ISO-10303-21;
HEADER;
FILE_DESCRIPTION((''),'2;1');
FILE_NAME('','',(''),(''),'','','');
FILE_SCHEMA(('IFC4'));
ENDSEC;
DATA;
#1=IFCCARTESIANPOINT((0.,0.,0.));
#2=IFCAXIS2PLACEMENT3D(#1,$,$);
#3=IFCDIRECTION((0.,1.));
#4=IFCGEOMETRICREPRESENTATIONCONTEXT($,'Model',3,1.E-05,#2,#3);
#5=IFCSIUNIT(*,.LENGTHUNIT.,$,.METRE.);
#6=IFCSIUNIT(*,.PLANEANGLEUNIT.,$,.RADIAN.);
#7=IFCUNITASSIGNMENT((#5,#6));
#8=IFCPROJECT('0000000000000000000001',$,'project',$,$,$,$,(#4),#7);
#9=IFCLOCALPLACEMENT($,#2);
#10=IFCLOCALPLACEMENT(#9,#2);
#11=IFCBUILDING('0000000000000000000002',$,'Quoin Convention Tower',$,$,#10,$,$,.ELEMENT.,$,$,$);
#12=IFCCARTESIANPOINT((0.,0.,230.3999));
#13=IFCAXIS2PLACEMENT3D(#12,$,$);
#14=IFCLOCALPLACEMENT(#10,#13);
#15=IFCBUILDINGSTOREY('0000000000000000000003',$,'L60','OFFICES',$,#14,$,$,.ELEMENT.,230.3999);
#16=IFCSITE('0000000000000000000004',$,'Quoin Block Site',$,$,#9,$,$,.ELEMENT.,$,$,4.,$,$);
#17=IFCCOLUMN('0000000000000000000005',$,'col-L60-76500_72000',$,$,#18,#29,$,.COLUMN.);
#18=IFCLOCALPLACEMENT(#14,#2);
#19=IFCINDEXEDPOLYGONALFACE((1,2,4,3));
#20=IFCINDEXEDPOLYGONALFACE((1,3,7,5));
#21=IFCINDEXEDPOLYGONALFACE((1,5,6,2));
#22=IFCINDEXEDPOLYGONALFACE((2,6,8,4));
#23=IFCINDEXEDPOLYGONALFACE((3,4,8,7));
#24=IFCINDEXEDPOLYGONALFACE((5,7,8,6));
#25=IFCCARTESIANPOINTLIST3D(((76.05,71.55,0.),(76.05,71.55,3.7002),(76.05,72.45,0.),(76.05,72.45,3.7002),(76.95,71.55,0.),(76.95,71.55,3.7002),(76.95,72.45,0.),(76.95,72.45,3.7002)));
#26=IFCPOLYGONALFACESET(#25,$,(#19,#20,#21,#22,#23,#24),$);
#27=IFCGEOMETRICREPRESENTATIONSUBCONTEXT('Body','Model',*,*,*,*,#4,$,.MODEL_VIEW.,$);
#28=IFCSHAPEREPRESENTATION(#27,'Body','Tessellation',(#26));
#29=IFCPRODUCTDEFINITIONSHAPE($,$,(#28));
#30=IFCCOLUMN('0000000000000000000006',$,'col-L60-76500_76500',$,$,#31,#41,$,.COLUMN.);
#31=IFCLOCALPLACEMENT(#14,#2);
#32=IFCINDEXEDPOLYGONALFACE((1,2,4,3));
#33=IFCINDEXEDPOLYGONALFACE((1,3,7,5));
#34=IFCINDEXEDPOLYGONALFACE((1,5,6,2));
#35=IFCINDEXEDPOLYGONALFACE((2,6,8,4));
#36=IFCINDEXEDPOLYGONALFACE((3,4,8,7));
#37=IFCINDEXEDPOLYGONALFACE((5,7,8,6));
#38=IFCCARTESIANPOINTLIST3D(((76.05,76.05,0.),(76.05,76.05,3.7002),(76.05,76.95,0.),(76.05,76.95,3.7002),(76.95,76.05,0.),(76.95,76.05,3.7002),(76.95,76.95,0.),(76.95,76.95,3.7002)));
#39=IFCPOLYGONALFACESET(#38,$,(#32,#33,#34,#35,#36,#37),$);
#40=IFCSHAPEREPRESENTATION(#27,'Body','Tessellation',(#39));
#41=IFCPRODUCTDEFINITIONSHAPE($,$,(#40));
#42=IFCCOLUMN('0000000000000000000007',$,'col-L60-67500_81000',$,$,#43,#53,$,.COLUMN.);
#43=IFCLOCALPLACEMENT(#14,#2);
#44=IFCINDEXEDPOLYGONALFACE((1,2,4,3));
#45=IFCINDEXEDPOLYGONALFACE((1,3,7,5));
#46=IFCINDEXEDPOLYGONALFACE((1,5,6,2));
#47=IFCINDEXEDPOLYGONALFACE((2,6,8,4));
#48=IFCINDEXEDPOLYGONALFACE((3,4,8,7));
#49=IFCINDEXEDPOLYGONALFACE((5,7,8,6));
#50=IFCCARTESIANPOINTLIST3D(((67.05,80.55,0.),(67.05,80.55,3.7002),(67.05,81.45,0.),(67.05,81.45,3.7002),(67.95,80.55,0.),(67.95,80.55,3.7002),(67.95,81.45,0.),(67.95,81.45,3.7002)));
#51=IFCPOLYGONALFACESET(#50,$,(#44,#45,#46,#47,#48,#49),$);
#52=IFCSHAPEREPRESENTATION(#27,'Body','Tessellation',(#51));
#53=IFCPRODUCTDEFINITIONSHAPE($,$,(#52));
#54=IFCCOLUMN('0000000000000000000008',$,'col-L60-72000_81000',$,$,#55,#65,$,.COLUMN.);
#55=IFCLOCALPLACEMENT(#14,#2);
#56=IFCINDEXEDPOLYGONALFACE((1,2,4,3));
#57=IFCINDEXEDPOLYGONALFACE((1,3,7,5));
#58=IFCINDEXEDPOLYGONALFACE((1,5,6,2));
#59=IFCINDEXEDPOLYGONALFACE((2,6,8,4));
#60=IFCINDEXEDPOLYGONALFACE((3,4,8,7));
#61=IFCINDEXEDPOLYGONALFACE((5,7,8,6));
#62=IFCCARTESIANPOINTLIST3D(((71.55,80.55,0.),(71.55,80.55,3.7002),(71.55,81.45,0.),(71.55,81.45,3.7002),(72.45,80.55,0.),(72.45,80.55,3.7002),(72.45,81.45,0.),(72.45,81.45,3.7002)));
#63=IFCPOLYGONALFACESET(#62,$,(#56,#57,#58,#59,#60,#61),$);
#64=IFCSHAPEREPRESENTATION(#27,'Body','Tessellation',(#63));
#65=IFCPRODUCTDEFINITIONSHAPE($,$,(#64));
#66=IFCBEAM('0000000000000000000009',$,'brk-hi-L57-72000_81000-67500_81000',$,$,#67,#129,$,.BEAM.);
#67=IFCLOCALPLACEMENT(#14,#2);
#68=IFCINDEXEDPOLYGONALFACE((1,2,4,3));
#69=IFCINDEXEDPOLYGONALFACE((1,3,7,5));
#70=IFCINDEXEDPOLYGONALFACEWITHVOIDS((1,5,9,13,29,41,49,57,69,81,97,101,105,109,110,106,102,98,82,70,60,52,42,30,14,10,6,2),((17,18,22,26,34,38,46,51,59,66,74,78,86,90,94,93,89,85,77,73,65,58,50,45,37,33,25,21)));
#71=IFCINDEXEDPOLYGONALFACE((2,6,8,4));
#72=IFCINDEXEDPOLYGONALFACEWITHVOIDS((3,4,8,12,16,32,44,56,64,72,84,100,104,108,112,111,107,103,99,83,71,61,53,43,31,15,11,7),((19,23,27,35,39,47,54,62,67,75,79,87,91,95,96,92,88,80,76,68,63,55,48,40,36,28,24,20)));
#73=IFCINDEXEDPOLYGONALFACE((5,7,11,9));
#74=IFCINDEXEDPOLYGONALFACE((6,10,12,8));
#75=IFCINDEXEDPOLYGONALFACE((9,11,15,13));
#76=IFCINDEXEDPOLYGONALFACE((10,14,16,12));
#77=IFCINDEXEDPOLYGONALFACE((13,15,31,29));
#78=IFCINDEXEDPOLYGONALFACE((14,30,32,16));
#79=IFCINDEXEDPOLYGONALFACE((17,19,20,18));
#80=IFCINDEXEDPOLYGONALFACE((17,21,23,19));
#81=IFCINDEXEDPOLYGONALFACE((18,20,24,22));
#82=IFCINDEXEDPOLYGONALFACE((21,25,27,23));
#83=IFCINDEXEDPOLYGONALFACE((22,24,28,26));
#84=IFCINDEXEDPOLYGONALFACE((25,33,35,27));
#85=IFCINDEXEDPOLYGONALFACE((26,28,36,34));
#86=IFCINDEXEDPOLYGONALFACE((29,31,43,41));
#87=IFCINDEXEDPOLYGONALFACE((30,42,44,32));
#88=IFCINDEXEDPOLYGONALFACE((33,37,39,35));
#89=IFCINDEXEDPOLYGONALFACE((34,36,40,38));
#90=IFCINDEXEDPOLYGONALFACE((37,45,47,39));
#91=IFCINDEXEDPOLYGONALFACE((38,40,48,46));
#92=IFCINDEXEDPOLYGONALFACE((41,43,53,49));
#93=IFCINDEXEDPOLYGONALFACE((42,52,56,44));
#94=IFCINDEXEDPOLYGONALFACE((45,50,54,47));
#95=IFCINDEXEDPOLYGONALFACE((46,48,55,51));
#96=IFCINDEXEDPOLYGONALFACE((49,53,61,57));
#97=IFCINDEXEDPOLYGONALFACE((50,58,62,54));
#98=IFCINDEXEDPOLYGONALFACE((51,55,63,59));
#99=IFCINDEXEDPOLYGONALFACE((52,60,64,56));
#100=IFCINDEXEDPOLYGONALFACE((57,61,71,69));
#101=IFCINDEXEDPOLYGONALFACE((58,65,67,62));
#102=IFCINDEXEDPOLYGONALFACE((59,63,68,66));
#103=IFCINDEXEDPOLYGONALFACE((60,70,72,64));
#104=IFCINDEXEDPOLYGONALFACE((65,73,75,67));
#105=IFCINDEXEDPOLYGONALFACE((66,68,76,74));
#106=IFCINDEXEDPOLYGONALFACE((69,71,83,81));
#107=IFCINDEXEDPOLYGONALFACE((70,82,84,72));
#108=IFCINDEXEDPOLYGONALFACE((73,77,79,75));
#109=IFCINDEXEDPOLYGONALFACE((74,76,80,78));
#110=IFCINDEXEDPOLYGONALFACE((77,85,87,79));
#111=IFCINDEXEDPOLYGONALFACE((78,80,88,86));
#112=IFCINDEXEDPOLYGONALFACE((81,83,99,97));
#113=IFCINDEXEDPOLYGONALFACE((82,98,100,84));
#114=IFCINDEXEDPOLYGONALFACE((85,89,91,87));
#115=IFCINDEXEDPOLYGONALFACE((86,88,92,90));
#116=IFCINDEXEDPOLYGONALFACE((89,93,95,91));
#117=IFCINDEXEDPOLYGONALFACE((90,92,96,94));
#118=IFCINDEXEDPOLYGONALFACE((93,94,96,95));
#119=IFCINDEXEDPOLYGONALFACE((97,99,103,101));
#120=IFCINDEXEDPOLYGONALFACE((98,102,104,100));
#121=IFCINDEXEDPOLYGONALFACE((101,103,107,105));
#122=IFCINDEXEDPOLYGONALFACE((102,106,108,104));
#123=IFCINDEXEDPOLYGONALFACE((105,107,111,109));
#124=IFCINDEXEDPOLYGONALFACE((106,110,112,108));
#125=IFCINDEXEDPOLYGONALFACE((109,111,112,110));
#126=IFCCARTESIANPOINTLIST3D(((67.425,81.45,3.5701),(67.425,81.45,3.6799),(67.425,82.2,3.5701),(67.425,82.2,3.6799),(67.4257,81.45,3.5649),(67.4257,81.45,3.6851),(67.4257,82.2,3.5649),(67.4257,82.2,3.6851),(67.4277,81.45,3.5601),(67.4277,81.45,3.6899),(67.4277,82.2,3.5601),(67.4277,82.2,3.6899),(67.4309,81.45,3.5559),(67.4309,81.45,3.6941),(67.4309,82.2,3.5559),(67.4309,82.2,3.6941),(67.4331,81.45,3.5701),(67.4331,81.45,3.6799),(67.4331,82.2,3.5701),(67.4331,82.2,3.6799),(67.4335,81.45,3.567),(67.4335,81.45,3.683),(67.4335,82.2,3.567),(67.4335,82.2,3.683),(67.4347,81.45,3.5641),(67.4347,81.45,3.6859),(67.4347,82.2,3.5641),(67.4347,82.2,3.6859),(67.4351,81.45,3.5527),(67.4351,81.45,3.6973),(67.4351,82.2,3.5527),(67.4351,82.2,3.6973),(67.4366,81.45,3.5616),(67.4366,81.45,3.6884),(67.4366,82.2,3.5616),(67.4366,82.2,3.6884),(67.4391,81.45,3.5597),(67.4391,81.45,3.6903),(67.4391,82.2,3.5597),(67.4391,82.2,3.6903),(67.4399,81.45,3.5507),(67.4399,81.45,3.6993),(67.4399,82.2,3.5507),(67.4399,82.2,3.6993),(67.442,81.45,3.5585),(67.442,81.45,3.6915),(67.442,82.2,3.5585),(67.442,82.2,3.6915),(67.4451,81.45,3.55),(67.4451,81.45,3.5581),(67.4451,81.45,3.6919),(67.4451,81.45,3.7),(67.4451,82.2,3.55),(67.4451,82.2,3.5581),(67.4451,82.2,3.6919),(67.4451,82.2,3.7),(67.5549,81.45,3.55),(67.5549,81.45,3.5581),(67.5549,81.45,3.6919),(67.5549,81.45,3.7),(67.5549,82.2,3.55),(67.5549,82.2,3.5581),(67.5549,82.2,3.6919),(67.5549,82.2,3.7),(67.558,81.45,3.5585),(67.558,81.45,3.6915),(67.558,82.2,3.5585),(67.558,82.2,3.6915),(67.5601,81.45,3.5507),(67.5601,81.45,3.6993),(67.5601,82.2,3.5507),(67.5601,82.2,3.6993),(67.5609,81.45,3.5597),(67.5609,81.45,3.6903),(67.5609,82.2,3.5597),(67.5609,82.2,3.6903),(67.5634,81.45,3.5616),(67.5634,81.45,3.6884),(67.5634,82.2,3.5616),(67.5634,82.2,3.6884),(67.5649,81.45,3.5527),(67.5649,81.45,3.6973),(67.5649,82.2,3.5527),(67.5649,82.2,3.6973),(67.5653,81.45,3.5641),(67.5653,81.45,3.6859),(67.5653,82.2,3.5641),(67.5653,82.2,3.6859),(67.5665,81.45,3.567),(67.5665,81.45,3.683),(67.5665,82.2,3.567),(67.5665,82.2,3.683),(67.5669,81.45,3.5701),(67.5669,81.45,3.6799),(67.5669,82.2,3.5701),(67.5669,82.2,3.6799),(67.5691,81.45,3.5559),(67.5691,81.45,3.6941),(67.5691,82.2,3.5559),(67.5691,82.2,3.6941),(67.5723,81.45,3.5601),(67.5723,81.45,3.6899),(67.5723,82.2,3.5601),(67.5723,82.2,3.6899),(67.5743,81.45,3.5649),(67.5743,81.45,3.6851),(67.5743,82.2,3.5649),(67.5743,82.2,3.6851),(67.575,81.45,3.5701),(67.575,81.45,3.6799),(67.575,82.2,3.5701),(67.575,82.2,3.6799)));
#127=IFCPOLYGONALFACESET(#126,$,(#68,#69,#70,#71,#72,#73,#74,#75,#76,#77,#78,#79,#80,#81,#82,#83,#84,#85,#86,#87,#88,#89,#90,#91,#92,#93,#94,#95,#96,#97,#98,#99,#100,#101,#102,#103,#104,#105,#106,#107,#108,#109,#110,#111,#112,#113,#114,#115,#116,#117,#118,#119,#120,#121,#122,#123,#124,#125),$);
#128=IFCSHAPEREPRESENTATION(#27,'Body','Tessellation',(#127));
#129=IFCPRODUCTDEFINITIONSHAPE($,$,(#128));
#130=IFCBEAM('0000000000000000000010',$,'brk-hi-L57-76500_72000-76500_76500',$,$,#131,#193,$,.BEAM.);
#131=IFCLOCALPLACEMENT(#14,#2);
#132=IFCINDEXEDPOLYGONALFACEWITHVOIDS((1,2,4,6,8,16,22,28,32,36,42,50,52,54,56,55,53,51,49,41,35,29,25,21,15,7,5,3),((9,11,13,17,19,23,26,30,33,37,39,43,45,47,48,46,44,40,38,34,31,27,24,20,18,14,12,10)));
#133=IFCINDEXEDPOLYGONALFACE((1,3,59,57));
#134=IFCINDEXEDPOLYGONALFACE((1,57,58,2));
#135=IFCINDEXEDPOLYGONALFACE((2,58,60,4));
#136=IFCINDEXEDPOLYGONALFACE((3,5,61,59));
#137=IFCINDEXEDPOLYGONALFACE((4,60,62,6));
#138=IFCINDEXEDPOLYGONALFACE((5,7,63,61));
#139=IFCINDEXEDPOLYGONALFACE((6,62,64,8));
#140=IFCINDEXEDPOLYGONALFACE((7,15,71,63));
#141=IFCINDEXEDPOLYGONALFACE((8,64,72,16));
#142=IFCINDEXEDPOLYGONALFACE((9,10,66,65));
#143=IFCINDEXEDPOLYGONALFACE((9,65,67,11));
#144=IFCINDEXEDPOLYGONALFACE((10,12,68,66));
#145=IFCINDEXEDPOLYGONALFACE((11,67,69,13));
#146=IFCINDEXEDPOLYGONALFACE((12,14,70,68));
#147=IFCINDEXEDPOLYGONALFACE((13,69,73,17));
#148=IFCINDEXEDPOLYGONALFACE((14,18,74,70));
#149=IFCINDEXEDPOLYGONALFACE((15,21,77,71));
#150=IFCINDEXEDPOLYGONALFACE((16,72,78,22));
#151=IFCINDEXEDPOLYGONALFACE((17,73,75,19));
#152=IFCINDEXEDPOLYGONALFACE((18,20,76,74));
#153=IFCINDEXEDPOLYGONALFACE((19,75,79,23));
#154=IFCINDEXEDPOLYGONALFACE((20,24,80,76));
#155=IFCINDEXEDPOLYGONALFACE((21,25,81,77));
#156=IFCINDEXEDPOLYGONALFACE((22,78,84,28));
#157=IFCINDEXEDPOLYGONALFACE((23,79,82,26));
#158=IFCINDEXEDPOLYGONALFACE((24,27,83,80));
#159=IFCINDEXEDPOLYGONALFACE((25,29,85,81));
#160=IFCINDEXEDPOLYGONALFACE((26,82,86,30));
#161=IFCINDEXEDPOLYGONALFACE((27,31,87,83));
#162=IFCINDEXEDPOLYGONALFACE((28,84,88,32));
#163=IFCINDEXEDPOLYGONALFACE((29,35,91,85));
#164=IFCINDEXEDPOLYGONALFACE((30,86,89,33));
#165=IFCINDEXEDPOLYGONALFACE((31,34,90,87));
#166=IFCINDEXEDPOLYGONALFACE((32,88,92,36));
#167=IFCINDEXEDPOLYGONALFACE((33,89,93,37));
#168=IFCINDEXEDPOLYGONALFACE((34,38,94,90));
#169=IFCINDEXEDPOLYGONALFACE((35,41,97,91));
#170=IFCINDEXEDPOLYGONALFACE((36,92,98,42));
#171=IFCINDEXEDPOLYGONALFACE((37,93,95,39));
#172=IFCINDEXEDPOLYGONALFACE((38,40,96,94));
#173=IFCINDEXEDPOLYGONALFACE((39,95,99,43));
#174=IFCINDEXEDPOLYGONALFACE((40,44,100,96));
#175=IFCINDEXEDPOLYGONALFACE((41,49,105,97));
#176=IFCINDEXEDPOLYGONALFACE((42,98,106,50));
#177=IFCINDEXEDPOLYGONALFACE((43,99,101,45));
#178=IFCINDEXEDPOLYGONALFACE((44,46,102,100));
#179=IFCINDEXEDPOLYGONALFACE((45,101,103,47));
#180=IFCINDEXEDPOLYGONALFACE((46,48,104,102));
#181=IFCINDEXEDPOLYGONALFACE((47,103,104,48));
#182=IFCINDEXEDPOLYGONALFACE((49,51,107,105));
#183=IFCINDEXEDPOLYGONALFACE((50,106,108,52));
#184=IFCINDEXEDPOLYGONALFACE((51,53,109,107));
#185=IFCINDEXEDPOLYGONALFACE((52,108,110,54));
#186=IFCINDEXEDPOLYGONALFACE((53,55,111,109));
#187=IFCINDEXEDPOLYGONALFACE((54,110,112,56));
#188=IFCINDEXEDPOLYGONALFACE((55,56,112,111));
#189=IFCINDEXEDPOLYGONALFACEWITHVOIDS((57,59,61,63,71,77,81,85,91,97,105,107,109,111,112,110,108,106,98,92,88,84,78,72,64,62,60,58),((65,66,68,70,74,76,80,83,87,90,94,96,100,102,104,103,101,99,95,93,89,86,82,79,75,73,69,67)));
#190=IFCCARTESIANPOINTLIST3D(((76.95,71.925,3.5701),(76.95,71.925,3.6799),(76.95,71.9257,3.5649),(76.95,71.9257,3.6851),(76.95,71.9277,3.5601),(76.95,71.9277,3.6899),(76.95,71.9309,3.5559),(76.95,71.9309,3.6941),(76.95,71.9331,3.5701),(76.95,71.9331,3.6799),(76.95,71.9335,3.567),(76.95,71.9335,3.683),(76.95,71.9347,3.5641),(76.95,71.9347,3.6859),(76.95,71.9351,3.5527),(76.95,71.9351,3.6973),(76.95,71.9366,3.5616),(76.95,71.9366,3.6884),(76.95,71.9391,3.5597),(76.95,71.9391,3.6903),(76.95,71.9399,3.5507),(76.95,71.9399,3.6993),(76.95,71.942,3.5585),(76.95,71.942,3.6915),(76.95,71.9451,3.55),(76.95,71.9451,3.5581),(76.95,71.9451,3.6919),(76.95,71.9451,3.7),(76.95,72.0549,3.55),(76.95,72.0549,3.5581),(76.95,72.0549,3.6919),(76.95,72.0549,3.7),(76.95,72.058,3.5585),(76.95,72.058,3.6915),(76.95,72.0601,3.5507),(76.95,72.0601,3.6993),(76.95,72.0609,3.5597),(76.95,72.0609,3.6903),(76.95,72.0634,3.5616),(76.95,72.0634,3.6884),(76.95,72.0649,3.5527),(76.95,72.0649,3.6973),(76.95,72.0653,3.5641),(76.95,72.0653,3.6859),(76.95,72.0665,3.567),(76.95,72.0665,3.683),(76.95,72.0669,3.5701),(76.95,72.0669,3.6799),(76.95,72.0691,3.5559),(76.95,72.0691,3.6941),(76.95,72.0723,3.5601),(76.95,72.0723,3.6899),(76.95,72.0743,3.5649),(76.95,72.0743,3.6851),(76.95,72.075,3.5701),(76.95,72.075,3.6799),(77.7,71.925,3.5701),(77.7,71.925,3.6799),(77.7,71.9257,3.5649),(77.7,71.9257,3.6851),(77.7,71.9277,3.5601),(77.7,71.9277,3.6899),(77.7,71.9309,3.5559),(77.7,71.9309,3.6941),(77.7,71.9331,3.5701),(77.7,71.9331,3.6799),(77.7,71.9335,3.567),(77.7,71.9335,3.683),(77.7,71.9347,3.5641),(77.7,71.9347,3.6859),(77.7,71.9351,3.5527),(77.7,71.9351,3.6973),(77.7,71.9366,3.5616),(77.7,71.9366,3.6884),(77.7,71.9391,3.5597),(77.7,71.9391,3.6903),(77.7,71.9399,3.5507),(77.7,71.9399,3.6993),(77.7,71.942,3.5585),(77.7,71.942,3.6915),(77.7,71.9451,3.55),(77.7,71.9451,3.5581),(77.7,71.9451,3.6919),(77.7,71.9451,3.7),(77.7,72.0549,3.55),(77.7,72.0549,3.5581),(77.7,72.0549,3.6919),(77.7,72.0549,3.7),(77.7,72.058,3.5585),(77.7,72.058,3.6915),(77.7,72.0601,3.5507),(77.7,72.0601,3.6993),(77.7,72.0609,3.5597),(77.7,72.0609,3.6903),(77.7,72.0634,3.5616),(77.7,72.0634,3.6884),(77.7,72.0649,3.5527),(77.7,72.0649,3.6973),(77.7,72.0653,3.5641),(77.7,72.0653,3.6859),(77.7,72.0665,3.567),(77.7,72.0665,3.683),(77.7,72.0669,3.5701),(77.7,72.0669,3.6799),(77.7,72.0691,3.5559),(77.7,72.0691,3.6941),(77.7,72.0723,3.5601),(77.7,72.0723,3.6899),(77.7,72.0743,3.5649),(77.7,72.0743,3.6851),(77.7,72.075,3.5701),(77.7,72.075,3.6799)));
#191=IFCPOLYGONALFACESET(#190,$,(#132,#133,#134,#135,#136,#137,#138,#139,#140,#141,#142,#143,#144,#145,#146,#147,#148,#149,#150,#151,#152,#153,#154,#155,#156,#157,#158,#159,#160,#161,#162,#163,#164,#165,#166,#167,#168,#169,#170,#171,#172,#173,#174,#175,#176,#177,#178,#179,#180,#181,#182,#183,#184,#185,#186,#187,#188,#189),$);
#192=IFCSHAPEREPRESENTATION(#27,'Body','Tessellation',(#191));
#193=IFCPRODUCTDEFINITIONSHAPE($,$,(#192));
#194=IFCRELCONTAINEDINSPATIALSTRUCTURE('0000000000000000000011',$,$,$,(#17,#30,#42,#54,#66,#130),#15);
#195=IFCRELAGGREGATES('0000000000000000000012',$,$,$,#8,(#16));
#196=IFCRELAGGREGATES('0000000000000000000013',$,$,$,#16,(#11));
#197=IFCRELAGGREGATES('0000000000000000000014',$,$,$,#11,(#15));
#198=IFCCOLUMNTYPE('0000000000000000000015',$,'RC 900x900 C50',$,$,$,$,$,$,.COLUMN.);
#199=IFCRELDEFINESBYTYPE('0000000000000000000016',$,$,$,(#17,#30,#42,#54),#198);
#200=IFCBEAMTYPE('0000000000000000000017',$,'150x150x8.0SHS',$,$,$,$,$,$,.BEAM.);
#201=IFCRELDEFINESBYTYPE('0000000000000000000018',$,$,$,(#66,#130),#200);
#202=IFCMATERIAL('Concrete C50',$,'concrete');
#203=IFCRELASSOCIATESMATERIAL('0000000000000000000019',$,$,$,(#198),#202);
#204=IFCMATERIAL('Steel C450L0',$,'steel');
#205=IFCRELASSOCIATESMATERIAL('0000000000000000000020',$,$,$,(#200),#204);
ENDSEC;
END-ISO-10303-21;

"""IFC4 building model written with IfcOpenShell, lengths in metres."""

from ifc_helpers import new_model, si_unit, direction, frame, origin, origin_2d, place, context, subcontext, project, spatial, rectangle, hollow_rectangle, extrude, material, material_profile, profile_set, type_object, element, save


model = new_model("IFC4")

# Units and contexts
model_context = context("Model", 3, precision=1e-05, world=origin(), true_north=direction((0.0, 1.0)))
body_context = subcontext(model_context, "Body", "Model", "MODEL_VIEW")
ifc_project = project(units=[si_unit("LENGTHUNIT", "METRE"), si_unit("PLANEANGLEUNIT", "RADIAN")], contexts=[model_context])

# Site, building, storey
site_placement = place(None, origin())
site = spatial("IfcSite", under=ifc_project, at=site_placement, Name="Quoin Block Site", CompositionType="ELEMENT", RefElevation=4.0)
building_placement = place(site_placement, origin())
building = spatial("IfcBuilding", under=site, at=building_placement, Name="Quoin Convention Tower", CompositionType="ELEMENT")
storey_placement = place(building_placement, frame((0.0, 0.0, 230.3999)))
storey = spatial("IfcBuildingStorey", under=building, at=storey_placement, Name="L60", Description="OFFICES", CompositionType="ELEMENT", Elevation=230.3999)

# Columns
ifc_material_1 = material(Name="Concrete C50", Category="concrete")
ifc_material_profile_1 = material_profile(ifc_material_1, rectangle(XDim=0.8999, YDim=0.8999, at=origin_2d()), Name="RC 900x900")
ifc_profile_set_1 = profile_set([ifc_material_profile_1], Name="Concrete C50")
column_type = type_object("IfcColumnType", Name="RC 900x900 C50", PredefinedType="COLUMN", material=ifc_profile_set_1)
for number, where, z_axis, x_axis, name in (
    (1, (76.5, 72.0, 0.0), (0.0, 0.0, 1.0), (1.0, 0.0, 0.0), "col-L60-76500_72000"),
    (2, (76.5, 76.5, 0.0), (0.0, 0.0, 1.0), (1.0, 0.0, 0.0), "col-L60-76500_76500"),
    (3, (67.5, 81.0, 0.0), (0.0, 0.0, 1.0), (1.0, 0.0, 0.0), "col-L60-67500_81000"),
    (4, (72.0, 81.0, 0.0), (0.0, 0.0, 1.0), (1.0, 0.0, 0.0), "col-L60-72000_81000"),
):
    element("IfcColumn", number, at=place(storey_placement, frame(where, z_axis=z_axis, x_axis=x_axis)), inside=storey, type_object=column_type, Name=name, PredefinedType="COLUMN", context=body_context, shape_type="SweptSolid", body=[
        extrude(rectangle(XDim=0.8999, YDim=0.8999, at=origin_2d()), origin(), (0.0, 0.0, 1.0), 3.7002),
    ])

# Beams
ifc_material_2 = material(Name="Steel C450L0", Category="steel")
ifc_material_profile_2 = material_profile(ifc_material_2, hollow_rectangle(XDim=0.1499, YDim=0.1499, WallThickness=0.0081, InnerFilletRadius=0.012, OuterFilletRadius=0.02, at=origin_2d()), Name="150x150x8.0SHS")
ifc_profile_set_2 = profile_set([ifc_material_profile_2], Name="Steel C450L0")
beam_type_1 = type_object("IfcBeamType", Name="150x150x8.0SHS", PredefinedType="BEAM", material=ifc_profile_set_2)
for number, where, z_axis, x_axis, name in (
    (5, (67.5, 81.45, 3.625), (0.0, 1.0, 0.0), (-1.0, 0.0, 0.0), "brk-hi-L57-72000_81000-67500_81000"),
    (6, (76.95, 72.0, 3.625), (1.0, 0.0, 0.0), (0.0, 1.0, 0.0), "brk-hi-L57-76500_72000-76500_76500"),
):
    element("IfcBeam", number, at=place(storey_placement, frame(where, z_axis=z_axis, x_axis=x_axis)), inside=storey, type_object=beam_type_1, Name=name, PredefinedType="BEAM", context=body_context, shape_type="SweptSolid", body=[
        extrude(hollow_rectangle(XDim=0.1499, YDim=0.1499, WallThickness=0.0081, InnerFilletRadius=0.012, OuterFilletRadius=0.02, at=origin_2d()), origin(), (0.0, 0.0, 1.0), 0.75),
    ])

save(model, "model.ifc")
